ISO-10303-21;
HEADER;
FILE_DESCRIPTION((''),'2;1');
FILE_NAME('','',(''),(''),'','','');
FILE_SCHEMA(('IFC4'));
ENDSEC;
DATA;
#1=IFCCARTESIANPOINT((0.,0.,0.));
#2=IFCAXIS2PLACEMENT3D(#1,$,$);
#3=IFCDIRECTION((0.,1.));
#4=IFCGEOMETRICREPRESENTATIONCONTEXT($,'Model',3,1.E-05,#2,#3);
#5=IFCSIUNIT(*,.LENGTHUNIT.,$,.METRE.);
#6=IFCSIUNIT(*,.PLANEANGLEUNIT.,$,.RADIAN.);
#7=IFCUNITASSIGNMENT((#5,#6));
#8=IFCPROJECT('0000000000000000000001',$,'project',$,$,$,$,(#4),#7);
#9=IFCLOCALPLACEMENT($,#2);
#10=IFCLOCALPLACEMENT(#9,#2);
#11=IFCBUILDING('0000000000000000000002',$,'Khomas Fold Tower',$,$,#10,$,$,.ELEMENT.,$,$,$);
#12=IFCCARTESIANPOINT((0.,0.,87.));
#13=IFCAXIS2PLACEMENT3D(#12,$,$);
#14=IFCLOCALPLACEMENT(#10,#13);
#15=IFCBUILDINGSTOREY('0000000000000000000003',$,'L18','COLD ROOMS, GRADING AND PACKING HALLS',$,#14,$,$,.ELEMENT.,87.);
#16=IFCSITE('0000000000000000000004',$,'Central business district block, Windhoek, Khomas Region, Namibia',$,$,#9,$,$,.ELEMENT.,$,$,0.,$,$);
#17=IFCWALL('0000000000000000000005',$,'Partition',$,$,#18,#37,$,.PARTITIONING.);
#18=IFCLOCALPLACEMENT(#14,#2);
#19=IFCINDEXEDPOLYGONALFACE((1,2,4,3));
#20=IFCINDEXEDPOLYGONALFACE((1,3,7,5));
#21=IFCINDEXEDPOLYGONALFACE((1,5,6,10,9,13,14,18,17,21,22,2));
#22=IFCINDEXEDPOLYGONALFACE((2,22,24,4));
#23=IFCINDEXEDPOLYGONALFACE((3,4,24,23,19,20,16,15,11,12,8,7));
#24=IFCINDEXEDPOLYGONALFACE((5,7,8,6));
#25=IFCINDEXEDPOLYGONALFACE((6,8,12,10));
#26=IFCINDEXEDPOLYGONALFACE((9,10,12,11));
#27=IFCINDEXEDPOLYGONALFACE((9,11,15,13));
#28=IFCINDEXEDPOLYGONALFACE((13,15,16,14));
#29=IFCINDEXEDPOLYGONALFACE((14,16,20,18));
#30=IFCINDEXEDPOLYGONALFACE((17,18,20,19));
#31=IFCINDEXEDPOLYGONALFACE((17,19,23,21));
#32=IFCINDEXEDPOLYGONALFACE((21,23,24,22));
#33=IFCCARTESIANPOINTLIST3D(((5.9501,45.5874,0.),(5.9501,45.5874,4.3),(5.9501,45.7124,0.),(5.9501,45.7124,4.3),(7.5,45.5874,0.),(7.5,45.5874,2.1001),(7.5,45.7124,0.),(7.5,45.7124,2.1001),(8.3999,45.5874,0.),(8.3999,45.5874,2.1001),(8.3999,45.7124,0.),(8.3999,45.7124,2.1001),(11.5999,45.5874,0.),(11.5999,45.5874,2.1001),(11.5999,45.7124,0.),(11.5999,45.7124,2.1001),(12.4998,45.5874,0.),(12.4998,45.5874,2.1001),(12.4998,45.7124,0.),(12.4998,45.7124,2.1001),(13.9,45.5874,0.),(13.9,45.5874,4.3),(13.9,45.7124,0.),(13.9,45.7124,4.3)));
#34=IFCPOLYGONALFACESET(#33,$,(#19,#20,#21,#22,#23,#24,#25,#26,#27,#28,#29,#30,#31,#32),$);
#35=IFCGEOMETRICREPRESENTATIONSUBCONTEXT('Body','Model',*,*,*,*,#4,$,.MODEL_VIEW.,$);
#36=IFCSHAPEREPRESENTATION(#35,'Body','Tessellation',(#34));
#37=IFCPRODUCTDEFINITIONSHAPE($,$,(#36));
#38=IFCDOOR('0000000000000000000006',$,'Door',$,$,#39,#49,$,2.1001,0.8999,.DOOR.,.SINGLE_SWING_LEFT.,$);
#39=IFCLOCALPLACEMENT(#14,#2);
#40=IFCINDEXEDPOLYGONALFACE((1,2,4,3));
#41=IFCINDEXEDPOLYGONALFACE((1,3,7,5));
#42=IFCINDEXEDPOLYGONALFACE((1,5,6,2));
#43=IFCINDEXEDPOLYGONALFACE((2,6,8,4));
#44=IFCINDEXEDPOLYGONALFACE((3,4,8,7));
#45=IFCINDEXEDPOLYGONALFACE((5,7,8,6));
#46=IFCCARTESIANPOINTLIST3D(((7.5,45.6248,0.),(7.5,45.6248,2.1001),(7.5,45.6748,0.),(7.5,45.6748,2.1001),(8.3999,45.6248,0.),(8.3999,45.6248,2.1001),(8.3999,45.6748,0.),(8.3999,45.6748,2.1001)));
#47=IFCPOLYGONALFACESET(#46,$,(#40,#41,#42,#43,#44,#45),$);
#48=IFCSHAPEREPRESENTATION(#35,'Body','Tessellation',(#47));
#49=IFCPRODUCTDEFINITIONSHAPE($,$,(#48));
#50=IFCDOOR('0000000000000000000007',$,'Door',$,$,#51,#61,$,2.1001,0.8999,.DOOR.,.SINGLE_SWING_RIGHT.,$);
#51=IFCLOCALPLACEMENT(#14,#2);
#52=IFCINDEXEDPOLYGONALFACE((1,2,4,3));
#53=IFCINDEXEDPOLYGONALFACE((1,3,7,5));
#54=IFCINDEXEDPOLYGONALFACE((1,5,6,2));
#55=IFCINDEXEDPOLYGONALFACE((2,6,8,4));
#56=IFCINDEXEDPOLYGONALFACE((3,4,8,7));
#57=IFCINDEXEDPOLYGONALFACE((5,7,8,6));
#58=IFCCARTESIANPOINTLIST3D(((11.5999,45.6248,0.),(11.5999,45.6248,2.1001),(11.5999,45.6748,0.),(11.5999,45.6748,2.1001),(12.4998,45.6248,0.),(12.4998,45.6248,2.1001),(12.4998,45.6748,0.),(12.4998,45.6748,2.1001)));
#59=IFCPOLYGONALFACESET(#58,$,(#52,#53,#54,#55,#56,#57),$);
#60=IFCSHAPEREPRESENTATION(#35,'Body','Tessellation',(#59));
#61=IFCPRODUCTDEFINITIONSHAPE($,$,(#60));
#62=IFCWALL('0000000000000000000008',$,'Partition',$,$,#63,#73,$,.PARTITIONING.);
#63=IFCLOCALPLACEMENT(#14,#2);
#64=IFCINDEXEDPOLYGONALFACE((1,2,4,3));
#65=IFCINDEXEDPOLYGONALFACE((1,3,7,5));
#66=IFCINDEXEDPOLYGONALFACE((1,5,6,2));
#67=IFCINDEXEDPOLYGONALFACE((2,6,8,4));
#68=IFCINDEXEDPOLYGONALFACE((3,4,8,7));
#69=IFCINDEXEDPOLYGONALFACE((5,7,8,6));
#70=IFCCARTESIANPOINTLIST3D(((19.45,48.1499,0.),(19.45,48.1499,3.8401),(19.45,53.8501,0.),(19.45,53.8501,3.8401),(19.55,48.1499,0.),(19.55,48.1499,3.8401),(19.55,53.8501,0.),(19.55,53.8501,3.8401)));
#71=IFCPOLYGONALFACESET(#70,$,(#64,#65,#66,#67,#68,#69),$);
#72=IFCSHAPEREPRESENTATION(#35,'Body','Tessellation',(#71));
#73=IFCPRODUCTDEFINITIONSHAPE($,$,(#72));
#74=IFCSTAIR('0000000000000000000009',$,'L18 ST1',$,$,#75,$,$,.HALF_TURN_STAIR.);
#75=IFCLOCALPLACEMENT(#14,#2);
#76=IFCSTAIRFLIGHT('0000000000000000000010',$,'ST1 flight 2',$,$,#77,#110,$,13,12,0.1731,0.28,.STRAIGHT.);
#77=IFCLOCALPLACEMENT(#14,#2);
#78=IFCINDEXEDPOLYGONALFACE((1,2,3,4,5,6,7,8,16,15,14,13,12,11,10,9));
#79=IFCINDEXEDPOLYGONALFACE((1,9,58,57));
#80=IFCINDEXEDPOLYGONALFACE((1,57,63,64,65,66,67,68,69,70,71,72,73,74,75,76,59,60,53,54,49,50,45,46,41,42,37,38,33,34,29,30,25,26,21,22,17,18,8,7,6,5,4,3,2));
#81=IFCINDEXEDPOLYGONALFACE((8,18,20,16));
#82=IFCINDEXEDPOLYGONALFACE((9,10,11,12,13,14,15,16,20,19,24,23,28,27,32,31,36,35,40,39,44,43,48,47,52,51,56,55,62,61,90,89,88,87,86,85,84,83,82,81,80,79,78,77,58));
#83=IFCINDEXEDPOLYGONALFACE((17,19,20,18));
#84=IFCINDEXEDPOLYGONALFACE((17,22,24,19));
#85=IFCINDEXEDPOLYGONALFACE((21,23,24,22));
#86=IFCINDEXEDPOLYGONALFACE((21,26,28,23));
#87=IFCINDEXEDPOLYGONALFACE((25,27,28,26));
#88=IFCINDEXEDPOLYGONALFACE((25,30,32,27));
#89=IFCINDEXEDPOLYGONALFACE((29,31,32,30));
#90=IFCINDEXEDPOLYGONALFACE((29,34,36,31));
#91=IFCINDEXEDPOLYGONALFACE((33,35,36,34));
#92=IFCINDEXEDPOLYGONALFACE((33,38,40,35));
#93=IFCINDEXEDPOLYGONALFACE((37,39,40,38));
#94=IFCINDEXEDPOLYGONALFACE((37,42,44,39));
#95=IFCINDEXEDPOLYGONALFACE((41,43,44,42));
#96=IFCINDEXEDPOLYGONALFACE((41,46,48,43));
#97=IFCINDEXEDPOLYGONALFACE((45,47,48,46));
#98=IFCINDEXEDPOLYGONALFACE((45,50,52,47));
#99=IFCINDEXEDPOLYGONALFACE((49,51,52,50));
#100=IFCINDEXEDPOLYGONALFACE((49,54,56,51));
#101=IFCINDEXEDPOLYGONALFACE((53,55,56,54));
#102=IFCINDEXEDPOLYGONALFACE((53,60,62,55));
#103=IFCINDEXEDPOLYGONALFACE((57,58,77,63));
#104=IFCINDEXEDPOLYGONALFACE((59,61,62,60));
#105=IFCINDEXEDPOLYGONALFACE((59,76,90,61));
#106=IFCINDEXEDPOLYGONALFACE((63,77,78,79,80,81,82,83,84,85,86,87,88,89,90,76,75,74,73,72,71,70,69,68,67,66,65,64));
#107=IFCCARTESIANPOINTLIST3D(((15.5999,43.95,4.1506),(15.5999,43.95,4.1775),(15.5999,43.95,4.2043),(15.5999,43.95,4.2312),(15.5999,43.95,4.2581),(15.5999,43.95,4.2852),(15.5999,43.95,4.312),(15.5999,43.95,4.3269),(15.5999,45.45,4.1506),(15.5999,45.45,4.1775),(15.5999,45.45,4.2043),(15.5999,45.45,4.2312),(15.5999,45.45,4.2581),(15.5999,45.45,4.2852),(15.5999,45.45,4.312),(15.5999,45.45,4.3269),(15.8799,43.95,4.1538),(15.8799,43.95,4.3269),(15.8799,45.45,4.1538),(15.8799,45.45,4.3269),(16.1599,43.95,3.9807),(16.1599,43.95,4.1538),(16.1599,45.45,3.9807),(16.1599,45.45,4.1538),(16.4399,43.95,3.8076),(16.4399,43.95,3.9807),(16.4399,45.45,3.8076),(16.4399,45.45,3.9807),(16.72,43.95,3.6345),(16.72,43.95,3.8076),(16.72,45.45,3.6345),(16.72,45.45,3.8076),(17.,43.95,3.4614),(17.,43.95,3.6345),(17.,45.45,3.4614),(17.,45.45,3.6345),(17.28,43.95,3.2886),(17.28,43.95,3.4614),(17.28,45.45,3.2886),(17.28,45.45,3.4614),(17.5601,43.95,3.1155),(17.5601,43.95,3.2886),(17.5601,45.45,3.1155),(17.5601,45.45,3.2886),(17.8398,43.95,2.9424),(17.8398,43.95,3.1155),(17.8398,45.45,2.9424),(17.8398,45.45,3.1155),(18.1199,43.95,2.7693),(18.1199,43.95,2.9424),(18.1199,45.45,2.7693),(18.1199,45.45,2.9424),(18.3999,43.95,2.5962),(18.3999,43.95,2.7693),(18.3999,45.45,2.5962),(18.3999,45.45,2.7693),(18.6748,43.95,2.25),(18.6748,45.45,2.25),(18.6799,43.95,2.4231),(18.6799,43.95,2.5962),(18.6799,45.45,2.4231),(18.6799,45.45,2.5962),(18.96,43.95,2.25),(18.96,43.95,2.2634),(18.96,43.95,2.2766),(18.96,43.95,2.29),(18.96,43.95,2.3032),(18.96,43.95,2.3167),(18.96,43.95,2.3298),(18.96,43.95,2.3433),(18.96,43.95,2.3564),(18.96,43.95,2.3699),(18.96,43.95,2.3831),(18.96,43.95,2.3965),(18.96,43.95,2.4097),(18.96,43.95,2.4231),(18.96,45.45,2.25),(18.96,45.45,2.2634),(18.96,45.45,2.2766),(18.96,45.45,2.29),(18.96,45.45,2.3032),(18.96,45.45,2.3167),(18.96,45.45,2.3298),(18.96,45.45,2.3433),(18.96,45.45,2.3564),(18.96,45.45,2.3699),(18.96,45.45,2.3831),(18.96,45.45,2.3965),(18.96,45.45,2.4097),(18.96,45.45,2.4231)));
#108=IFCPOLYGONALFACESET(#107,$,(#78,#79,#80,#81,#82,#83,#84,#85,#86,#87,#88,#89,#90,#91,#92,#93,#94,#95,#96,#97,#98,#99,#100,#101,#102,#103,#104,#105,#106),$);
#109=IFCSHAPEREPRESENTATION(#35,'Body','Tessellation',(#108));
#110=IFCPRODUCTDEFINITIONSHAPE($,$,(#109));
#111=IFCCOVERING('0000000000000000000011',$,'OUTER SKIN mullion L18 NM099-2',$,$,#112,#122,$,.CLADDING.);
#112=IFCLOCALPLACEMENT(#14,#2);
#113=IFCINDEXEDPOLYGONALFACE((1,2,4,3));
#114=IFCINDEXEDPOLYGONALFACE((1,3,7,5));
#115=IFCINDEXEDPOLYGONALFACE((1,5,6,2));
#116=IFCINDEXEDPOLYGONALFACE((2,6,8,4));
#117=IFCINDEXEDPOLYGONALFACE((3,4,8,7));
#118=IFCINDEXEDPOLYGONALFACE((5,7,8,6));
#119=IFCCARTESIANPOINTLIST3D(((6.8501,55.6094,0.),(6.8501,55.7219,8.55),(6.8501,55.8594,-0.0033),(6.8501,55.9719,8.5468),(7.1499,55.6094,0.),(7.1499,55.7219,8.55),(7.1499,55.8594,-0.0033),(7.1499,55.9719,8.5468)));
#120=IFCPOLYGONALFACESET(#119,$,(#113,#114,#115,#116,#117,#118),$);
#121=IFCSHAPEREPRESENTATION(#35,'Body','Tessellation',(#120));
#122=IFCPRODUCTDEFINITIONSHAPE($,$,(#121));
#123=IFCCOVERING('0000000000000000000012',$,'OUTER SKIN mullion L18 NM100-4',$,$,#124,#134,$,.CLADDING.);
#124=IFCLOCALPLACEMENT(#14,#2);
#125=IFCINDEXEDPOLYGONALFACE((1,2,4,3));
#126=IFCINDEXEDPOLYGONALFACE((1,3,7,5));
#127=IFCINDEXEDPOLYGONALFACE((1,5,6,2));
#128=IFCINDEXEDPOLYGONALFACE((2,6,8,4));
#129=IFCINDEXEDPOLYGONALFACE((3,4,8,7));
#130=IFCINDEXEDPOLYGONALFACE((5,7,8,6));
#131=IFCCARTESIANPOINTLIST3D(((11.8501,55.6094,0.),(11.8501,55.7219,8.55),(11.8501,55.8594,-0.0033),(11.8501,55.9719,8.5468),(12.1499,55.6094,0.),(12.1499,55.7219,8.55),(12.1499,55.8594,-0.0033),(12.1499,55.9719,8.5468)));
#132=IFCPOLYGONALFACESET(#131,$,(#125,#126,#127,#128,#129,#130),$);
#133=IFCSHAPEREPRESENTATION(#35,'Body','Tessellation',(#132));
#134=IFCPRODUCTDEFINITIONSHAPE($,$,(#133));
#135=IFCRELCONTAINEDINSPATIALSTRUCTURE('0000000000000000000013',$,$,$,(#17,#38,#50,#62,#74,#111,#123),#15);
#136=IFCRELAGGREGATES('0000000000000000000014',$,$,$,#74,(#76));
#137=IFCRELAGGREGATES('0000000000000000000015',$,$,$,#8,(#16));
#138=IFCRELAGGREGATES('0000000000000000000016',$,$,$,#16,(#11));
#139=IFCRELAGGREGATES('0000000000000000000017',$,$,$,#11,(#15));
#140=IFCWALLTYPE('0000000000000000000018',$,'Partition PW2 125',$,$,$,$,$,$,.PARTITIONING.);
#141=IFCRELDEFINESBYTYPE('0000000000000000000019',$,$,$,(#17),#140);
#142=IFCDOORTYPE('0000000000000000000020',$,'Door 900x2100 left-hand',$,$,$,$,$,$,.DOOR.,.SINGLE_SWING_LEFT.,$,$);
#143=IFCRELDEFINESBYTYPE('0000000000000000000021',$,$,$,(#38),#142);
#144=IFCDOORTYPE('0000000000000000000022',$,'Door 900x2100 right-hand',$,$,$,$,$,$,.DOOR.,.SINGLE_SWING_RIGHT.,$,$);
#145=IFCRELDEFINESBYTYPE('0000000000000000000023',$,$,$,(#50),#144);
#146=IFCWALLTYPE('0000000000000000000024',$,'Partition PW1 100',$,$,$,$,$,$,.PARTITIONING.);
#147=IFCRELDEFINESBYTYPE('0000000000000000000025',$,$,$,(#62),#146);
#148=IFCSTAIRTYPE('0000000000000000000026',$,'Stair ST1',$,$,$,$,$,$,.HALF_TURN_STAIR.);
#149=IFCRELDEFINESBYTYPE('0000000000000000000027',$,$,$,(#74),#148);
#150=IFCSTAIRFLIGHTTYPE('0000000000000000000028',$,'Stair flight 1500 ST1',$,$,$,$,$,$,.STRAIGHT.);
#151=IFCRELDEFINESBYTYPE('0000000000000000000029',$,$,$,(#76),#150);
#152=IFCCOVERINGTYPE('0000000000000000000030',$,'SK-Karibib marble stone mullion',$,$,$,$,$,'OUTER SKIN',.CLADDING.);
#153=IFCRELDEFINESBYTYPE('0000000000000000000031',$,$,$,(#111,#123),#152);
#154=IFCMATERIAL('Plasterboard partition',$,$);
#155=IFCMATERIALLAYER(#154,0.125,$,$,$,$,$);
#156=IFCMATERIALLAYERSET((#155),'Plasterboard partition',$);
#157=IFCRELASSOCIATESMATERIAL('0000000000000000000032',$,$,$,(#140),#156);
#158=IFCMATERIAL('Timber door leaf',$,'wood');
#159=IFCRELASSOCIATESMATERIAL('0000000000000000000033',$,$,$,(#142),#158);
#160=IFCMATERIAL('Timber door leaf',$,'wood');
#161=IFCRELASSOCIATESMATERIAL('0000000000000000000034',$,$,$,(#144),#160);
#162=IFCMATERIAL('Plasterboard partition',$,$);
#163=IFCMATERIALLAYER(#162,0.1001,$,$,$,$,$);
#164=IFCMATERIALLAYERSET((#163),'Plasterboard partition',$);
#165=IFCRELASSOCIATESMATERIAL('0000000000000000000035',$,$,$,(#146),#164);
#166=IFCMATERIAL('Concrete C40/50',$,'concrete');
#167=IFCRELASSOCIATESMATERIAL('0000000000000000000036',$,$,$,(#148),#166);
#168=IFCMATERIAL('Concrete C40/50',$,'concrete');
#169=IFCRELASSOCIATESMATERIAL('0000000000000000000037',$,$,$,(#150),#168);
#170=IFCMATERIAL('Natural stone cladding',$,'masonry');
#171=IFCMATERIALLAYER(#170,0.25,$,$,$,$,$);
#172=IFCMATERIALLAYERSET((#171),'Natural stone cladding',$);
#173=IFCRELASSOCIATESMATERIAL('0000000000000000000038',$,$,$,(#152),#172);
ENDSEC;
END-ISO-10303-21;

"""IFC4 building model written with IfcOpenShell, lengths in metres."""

from ifc_helpers import new_model, si_unit, direction, frame, frame_2d, origin, place, context, subcontext, project, spatial, polyline, rectangle, outline, extrude, source, transform, mapped, material, layer, layer_set, type_object, element, fill, aggregate, save


model = new_model("IFC4")

# Units and contexts
model_context = context("Model", 3, precision=1e-05, world=origin(), true_north=direction((0.0, 1.0)))
body_context = subcontext(model_context, "Body", "Model", "MODEL_VIEW")
ifc_project = project(units=[si_unit("LENGTHUNIT", "METRE"), si_unit("PLANEANGLEUNIT", "RADIAN")], contexts=[model_context])

# Site, building, storey
site_placement = place(None, origin())
site = spatial("IfcSite", under=ifc_project, at=site_placement, Name="Central business district block, Windhoek, Khomas Region, Namibia", CompositionType="ELEMENT", RefElevation=0.0)
building_placement = place(site_placement, origin())
building = spatial("IfcBuilding", under=site, at=building_placement, Name="Khomas Fold Tower", CompositionType="ELEMENT")
storey_placement = place(building_placement, frame((0.0, 0.0, 87.0)))
storey = spatial("IfcBuildingStorey", under=building, at=storey_placement, Name="L18", Description="COLD ROOMS, GRADING AND PACKING HALLS", CompositionType="ELEMENT", Elevation=87.0)

# Wall, openings, doors
ifc_material_1 = material(Name="Plasterboard partition")
ifc_layer_1 = layer(ifc_material_1, 0.125)
ifc_layer_set_1 = layer_set([ifc_layer_1], Name="Plasterboard partition")
wall_type_1 = type_object("IfcWallType", Name="Partition PW2 125", PredefinedType="PARTITIONING", material=ifc_layer_set_1)
shared_shape_1 = source(origin(), body_context, "Body", "SweptSolid", [
    extrude(rectangle(XDim=7.95, YDim=0.125, at=frame_2d((3.9751, 0.0))), origin(), (0.0, 0.0, 1.0), 4.3),
])
wall_1_placement = place(storey_placement, frame((5.95, 45.6499, 0.0), z_axis=(0.0, 0.0, 1.0), x_axis=(1.0, 0.0, 0.0)))
wall_1 = element("IfcWall", 1, at=wall_1_placement, inside=storey, type_object=wall_type_1, Name="Partition", PredefinedType="PARTITIONING", context=body_context, shape_type="MappedRepresentation", body=[
    mapped(shared_shape_1, transform((0.0, 0.0, 0.0))),
])
shared_shape_2 = source(origin(), body_context, "Body", "SweptSolid", [
    extrude(rectangle(XDim=0.8999, YDim=2.1001, at=frame_2d((0.45, 1.05))), frame((0.0, 0.0725, 0.0), z_axis=(0.0, -1.0, 0.0), x_axis=(1.0, 0.0, 0.0)), (0.0, 0.0, 1.0), 0.145),
])
opening_1_placement = place(wall_1_placement, frame((1.55, 0.0, 0.0)))
opening_1 = element("IfcOpeningElement", 2, at=opening_1_placement, cuts=wall_1, PredefinedType="OPENING", context=body_context, shape_type="MappedRepresentation", body=[
    mapped(shared_shape_2, transform((0.0, 0.0, 0.0))),
])
opening_2_placement = place(wall_1_placement, frame((5.6499, 0.0, 0.0)))
opening_2 = element("IfcOpeningElement", 3, at=opening_2_placement, cuts=wall_1, PredefinedType="OPENING", context=body_context, shape_type="MappedRepresentation", body=[
    mapped(shared_shape_2, transform((0.0, 0.0, 0.0))),
])
ifc_material_2 = material(Name="Timber door leaf", Category="wood")
door_type_1 = type_object("IfcDoorType", Name="Door 900x2100 left-hand", OperationType="SINGLE_SWING_LEFT", PredefinedType="DOOR", material=ifc_material_2)
shared_shape_3 = source(origin(), body_context, "Body", "SweptSolid", [
    extrude(rectangle(XDim=0.8999, YDim=2.1001, at=frame_2d((0.45, 1.05))), frame((0.0, 0.0249, 0.0), z_axis=(0.0, -1.0, 0.0), x_axis=(1.0, 0.0, 0.0)), (0.0, 0.0, 1.0), 0.05),
])
door_1_placement = place(opening_1_placement, origin())
door_1 = element("IfcDoor", 4, at=door_1_placement, inside=storey, type_object=door_type_1, Name="Door", OperationType="SINGLE_SWING_LEFT", OverallHeight=2.1001, OverallWidth=0.8999, PredefinedType="DOOR", context=body_context, shape_type="MappedRepresentation", body=[
    mapped(shared_shape_3, transform((0.0, 0.0, 0.0))),
])
fill(opening_1, door_1)
ifc_material_3 = material(Name="Timber door leaf", Category="wood")
door_type_2 = type_object("IfcDoorType", Name="Door 900x2100 right-hand", OperationType="SINGLE_SWING_RIGHT", PredefinedType="DOOR", material=ifc_material_3)
door_2_placement = place(opening_2_placement, origin())
door_2 = element("IfcDoor", 5, at=door_2_placement, inside=storey, type_object=door_type_2, Name="Door", OperationType="SINGLE_SWING_RIGHT", OverallHeight=2.1001, OverallWidth=0.8999, PredefinedType="DOOR", context=body_context, shape_type="MappedRepresentation", body=[
    mapped(shared_shape_3, transform((0.0, 0.0, 0.0))),
])
fill(opening_2, door_2)

# Wall
ifc_material_4 = material(Name="Plasterboard partition")
ifc_layer_2 = layer(ifc_material_4, 0.1001)
ifc_layer_set_2 = layer_set([ifc_layer_2], Name="Plasterboard partition")
wall_type_2 = type_object("IfcWallType", Name="Partition PW1 100", PredefinedType="PARTITIONING", material=ifc_layer_set_2)
shared_shape_4 = source(origin(), body_context, "Body", "SweptSolid", [
    extrude(rectangle(XDim=5.7002, YDim=0.1001, at=frame_2d((2.8501, 0.0))), origin(), (0.0, 0.0, 1.0), 3.8401),
])
wall_2_placement = place(storey_placement, frame((19.5, 48.1499, 0.0), z_axis=(0.0, 0.0, 1.0), x_axis=(0.0, 1.0, 0.0)))
element("IfcWall", 6, at=wall_2_placement, inside=storey, type_object=wall_type_2, Name="Partition", PredefinedType="PARTITIONING", context=body_context, shape_type="MappedRepresentation", body=[
    mapped(shared_shape_4, transform((0.0, 0.0, 0.0))),
])

# Stair, stair flight
ifc_material_5 = material(Name="Concrete C40/50", Category="concrete")
stair_type = type_object("IfcStairType", Name="Stair ST1", PredefinedType="HALF_TURN_STAIR", material=ifc_material_5)
stair_placement = place(storey_placement, origin())
stair = element("IfcStair", 7, at=stair_placement, inside=storey, type_object=stair_type, Name="L18 ST1", PredefinedType="HALF_TURN_STAIR")
ifc_material_6 = material(Name="Concrete C40/50", Category="concrete")
stair_flight_type = type_object("IfcStairFlightType", Name="Stair flight 1500 ST1", PredefinedType="STRAIGHT", material=ifc_material_6)
shared_shape_5 = source(origin(), body_context, "Body", "SweptSolid", [
    extrude(outline(polyline([(0.0, 0.0), (0.0, 0.0134), (0.0, 0.0266), (0.0, 0.04), (0.0, 0.0532), (0.0, 0.0667), (0.0, 0.0798), (0.0, 0.0933), (0.0, 0.1064), (0.0, 0.1199), (0.0, 0.1331), (0.0, 0.1465), (0.0, 0.1597), (0.0, 0.1731), (0.28, 0.1731), (0.28, 0.3462), (0.5601, 0.3462), (0.5601, 0.5193), (0.8401, 0.5193), (0.8401, 0.6924), (1.1201, 0.6924), (1.1201, 0.8655), (1.3999, 0.8655), (1.3999, 1.0386), (1.6799, 1.0386), (1.6799, 1.2114), (1.96, 1.2114), (1.96, 1.3845), (2.24, 1.3845), (2.24, 1.5576), (2.52, 1.5576), (2.52, 1.7307), (2.8, 1.7307), (2.8, 1.9038), (3.0801, 1.9038), (3.0801, 2.0769), (3.3601, 2.0769), (3.3601, 2.25), (3.3601, 2.2231), (3.3601, 2.1963), (3.3601, 2.1694), (3.3601, 2.1426), (3.3601, 2.1157), (3.3601, 2.0889), (3.3601, 2.062), (3.3601, 2.0352), (3.3601, 2.0081), (3.3601, 1.9812), (3.3601, 1.9543), (3.3601, 1.9275), (3.3601, 1.9006), (0.2852, 0.0), (0.0, 0.0)])), frame((0.0, 0.75, 0.0), z_axis=(0.0, -1.0, 0.0), x_axis=(1.0, 0.0, 0.0)), (0.0, 0.0, 1.0), 1.5),
])
stair_flight_placement = place(storey_placement, frame((18.96, 44.7, 2.25), z_axis=(0.0, 0.0, 1.0), x_axis=(-1.0, 0.0, 0.0)))
stair_flight = element("IfcStairFlight", 8, at=stair_flight_placement, type_object=stair_flight_type, Name="ST1 flight 2", NumberOfRisers=13, NumberOfTreads=12, PredefinedType="STRAIGHT", RiserHeight=0.1731, TreadLength=0.28, context=body_context, shape_type="MappedRepresentation", body=[
    mapped(shared_shape_5, transform((0.0, 0.0, 0.0))),
])
aggregate(stair, [stair_flight])

# Coverings
ifc_material_7 = material(Name="Natural stone cladding", Category="masonry")
ifc_layer_3 = layer(ifc_material_7, 0.25)
ifc_layer_set_3 = layer_set([ifc_layer_3], Name="Natural stone cladding")
covering_type_1 = type_object("IfcCoveringType", Name="SK-Karibib marble stone mullion", ElementType="OUTER SKIN", PredefinedType="CLADDING", material=ifc_layer_set_3)
for number, where, z_axis, x_axis, name in (
    (9, (6.8501, 55.6094, 0.0), (0.0, -0.999913, 0.013162), (0.0, 0.013162, 0.999913), "OUTER SKIN mullion L18 NM099-2"),
    (10, (11.8501, 55.6094, 0.0), (0.0, -0.999913, 0.013162), (0.0, 0.013162, 0.999913), "OUTER SKIN mullion L18 NM100-4"),
):
    element("IfcCovering", number, at=place(storey_placement, frame(where, z_axis=z_axis, x_axis=x_axis)), inside=storey, type_object=covering_type_1, Name=name, PredefinedType="CLADDING", context=body_context, shape_type="SweptSolid", body=[
        extrude(outline(polyline([(0.0, 0.0), (8.5508, 0.0), (8.5508, -0.2998), (0.0, -0.2998), (0.0, 0.0)])), origin(), (0.0, 0.0, -1.0), 0.25),
    ])

save(model, "model.ifc")
